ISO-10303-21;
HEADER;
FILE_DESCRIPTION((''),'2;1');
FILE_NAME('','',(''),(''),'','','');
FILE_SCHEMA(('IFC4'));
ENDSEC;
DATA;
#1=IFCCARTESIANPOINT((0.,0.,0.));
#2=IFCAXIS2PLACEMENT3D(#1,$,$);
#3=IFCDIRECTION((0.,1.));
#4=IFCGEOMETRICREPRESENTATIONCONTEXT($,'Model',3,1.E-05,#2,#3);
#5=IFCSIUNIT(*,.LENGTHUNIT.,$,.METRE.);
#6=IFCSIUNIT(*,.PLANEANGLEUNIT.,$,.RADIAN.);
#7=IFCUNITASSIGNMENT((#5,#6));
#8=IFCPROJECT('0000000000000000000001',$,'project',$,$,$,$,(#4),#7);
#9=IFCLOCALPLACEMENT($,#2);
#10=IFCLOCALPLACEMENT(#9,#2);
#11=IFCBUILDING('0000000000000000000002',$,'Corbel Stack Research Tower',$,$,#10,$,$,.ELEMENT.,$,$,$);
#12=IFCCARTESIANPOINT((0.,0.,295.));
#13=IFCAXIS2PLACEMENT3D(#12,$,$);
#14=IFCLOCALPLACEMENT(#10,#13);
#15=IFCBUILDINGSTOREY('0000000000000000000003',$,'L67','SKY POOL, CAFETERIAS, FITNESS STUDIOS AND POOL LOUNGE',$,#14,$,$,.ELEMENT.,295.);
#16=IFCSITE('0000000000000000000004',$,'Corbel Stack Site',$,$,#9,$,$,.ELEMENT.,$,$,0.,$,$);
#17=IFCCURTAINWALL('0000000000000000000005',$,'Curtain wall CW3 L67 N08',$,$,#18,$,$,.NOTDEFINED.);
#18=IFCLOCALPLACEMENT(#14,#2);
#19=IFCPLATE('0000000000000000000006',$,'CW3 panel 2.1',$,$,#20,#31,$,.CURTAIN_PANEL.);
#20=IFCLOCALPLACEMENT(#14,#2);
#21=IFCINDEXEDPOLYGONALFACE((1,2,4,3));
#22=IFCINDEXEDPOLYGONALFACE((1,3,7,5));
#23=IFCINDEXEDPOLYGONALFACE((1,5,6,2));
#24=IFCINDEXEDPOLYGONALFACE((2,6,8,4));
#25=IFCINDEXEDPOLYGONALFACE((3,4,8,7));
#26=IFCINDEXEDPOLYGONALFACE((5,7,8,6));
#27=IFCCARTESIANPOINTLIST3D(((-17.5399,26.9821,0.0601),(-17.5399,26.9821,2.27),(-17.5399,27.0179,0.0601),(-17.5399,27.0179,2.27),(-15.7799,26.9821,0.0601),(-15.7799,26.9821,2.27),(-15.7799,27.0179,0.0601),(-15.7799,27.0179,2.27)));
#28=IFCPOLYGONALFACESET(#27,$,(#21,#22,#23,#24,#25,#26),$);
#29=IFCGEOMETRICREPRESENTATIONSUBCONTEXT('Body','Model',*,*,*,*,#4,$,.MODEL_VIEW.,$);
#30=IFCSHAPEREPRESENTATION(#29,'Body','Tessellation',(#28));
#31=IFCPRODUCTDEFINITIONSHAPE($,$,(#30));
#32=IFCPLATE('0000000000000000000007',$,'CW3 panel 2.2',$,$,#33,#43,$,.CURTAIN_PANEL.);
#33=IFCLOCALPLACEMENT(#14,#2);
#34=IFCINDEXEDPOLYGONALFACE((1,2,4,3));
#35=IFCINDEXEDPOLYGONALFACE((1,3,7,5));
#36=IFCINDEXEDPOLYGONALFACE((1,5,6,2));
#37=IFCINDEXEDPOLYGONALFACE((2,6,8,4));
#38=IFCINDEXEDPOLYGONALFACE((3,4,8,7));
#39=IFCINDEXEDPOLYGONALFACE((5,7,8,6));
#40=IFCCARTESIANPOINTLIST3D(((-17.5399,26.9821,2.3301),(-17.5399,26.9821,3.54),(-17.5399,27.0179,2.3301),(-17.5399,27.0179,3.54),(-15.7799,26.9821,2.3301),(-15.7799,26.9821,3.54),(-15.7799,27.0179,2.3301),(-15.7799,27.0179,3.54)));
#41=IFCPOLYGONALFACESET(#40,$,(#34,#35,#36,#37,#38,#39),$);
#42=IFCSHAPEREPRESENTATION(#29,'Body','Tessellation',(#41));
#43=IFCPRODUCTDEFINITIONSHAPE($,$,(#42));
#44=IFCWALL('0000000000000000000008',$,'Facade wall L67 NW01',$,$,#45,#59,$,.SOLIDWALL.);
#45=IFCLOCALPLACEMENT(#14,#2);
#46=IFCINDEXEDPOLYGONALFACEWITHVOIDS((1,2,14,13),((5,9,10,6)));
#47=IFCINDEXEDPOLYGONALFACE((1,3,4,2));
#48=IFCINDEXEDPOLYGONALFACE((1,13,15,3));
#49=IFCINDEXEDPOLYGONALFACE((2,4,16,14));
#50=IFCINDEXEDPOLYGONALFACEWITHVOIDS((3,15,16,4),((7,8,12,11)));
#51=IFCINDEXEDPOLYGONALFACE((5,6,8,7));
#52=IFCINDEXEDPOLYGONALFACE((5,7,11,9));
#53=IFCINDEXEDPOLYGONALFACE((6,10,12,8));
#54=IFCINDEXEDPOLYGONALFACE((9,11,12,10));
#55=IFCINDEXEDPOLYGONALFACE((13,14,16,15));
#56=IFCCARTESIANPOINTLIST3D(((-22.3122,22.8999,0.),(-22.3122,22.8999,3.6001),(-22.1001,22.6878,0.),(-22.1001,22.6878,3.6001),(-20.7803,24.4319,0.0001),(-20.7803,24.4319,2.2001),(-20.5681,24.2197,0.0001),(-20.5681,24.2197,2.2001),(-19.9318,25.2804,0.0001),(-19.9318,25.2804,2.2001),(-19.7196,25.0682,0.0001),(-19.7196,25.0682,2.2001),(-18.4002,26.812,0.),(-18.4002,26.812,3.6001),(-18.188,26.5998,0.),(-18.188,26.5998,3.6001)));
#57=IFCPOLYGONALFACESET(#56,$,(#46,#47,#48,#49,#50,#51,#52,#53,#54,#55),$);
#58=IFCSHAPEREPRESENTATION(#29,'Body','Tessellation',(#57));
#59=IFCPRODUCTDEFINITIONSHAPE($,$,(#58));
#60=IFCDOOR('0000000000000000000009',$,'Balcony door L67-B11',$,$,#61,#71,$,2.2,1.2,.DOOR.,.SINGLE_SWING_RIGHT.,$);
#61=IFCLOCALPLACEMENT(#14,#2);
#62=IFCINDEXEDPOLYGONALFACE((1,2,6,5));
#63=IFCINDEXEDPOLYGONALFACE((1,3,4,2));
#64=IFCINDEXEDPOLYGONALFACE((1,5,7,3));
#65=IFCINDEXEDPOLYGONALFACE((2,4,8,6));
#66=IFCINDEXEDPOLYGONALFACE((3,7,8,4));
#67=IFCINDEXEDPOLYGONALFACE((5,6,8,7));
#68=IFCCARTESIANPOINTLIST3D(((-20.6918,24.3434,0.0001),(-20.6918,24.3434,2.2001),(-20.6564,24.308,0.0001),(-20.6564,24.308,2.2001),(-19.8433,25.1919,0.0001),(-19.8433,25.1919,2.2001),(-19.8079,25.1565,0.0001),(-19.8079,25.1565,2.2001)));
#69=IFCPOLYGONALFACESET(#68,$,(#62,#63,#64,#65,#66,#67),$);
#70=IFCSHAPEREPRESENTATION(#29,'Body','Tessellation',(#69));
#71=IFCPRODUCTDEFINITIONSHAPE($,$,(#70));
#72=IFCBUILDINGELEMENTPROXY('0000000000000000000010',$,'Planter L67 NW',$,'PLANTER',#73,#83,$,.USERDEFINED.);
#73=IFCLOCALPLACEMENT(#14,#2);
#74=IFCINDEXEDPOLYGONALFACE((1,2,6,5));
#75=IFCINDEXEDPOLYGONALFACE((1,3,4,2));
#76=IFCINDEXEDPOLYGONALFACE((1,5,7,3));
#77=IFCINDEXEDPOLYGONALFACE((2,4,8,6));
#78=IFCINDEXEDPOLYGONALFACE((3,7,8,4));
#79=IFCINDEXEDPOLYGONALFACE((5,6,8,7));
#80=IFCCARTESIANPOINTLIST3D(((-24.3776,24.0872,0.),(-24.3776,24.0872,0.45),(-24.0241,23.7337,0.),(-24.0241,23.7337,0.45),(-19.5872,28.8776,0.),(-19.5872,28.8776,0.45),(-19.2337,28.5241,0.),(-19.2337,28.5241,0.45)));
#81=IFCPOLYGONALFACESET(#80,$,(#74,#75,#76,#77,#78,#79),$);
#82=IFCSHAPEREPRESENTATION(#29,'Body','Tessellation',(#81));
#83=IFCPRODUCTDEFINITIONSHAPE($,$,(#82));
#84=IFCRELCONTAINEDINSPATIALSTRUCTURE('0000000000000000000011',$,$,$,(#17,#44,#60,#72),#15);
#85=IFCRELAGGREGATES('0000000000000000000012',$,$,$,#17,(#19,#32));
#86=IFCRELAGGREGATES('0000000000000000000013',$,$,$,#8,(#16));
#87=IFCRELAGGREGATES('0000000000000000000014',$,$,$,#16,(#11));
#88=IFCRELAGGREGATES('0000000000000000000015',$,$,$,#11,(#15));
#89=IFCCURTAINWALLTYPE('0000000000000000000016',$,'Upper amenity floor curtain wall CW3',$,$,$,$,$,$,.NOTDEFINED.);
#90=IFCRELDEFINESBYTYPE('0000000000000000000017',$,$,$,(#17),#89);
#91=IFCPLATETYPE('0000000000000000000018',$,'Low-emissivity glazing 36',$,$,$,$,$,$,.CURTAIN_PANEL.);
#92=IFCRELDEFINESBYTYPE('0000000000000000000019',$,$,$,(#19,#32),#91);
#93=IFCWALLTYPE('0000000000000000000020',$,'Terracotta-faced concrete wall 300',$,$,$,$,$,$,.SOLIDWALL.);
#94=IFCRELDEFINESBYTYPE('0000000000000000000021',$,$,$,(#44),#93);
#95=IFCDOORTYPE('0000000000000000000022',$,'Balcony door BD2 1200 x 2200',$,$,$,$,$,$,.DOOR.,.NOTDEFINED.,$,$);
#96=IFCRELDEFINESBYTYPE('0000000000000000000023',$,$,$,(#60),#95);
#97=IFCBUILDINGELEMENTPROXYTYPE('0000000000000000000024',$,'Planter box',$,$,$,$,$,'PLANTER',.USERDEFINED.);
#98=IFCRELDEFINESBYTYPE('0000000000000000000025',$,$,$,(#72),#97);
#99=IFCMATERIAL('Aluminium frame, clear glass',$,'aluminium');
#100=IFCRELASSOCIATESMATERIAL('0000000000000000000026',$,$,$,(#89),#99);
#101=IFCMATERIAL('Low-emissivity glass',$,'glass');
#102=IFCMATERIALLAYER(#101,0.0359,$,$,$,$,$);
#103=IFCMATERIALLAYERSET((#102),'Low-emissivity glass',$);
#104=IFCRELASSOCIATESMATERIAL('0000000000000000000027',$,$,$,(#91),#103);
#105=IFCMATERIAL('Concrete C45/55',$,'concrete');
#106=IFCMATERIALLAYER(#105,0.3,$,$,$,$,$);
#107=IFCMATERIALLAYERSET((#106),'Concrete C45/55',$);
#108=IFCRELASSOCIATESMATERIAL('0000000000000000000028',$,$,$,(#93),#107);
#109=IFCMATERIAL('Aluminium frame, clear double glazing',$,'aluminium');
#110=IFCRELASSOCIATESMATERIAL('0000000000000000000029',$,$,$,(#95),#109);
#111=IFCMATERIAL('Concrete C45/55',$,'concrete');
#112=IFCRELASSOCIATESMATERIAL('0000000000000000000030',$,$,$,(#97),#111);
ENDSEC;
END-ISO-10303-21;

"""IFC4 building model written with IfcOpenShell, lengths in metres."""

from ifc_helpers import new_model, si_unit, direction, frame, frame_2d, origin, origin_2d, place, context, subcontext, project, spatial, rectangle, extrude, material, layer, layer_set, type_object, element, fill, aggregate, save


model = new_model("IFC4")

# Units and contexts
model_context = context("Model", 3, precision=1e-05, world=origin(), true_north=direction((0.0, 1.0)))
body_context = subcontext(model_context, "Body", "Model", "MODEL_VIEW")
ifc_project = project(units=[si_unit("LENGTHUNIT", "METRE"), si_unit("PLANEANGLEUNIT", "RADIAN")], contexts=[model_context])

# Site, building, storey
site_placement = place(None, origin())
site = spatial("IfcSite", under=ifc_project, at=site_placement, Name="Corbel Stack Site", CompositionType="ELEMENT", RefElevation=0.0)
building_placement = place(site_placement, origin())
building = spatial("IfcBuilding", under=site, at=building_placement, Name="Corbel Stack Research Tower", CompositionType="ELEMENT")
storey_placement = place(building_placement, frame((0.0, 0.0, 295.0)))
storey = spatial("IfcBuildingStorey", under=building, at=storey_placement, Name="L67", Description="SKY POOL, CAFETERIAS, FITNESS STUDIOS AND POOL LOUNGE", CompositionType="ELEMENT", Elevation=295.0)

# Curtain wall
ifc_material_1 = material(Name="Aluminium frame, clear glass", Category="aluminium")
curtain_wall_type = type_object("IfcCurtainWallType", Name="Upper amenity floor curtain wall CW3", PredefinedType="NOTDEFINED", material=ifc_material_1)
curtain_wall_placement = place(storey_placement, origin())
curtain_wall = element("IfcCurtainWall", 1, at=curtain_wall_placement, inside=storey, type_object=curtain_wall_type, Name="Curtain wall CW3 L67 N08", PredefinedType="NOTDEFINED")

# Plates
ifc_material_2 = material(Name="Low-emissivity glass", Category="glass")
ifc_layer_1 = layer(ifc_material_2, 0.0359)
ifc_layer_set_1 = layer_set([ifc_layer_1], Name="Low-emissivity glass")
plate_type = type_object("IfcPlateType", Name="Low-emissivity glazing 36", PredefinedType="CURTAIN_PANEL", material=ifc_layer_set_1)
plate_1_placement = place(storey_placement, frame((-16.6599, 27.0, 0.0601), z_axis=(0.0, 0.0, 1.0), x_axis=(-1.0, 0.0, 0.0)))
plate_1 = element("IfcPlate", 2, at=plate_1_placement, type_object=plate_type, Name="CW3 panel 2.1", PredefinedType="CURTAIN_PANEL", context=body_context, shape_type="SweptSolid", body=[
    extrude(rectangle(XDim=1.76, YDim=0.0359, at=origin_2d()), origin(), (0.0, 0.0, 1.0), 2.21),
])
plate_2_placement = place(storey_placement, frame((-16.6599, 27.0, 2.3301), z_axis=(0.0, 0.0, 1.0), x_axis=(-1.0, 0.0, 0.0)))
plate_2 = element("IfcPlate", 3, at=plate_2_placement, type_object=plate_type, Name="CW3 panel 2.2", PredefinedType="CURTAIN_PANEL", context=body_context, shape_type="SweptSolid", body=[
    extrude(rectangle(XDim=1.76, YDim=0.0359, at=origin_2d()), origin(), (0.0, 0.0, 1.0), 1.21),
])
aggregate(curtain_wall, [plate_1, plate_2])

# Wall, opening, door
ifc_material_3 = material(Name="Concrete C45/55", Category="concrete")
ifc_layer_2 = layer(ifc_material_3, 0.3)
ifc_layer_set_2 = layer_set([ifc_layer_2], Name="Concrete C45/55")
wall_type = type_object("IfcWallType", Name="Terracotta-faced concrete wall 300", PredefinedType="SOLIDWALL", material=ifc_layer_set_2)
wall_placement = place(storey_placement, frame((-22.2061, 22.7939, 0.0), z_axis=(0.0, 0.0, 1.0), x_axis=(0.707107, 0.707107, 0.0)))
wall = element("IfcWall", 4, at=wall_placement, inside=storey, type_object=wall_type, Name="Facade wall L67 NW01", PredefinedType="SOLIDWALL", context=body_context, shape_type="SweptSolid", body=[
    extrude(rectangle(XDim=5.5325, YDim=0.3, at=frame_2d((2.7661, 0.0))), origin(), (0.0, 0.0, 1.0), 3.6001),
])
opening_placement = place(wall_placement, frame((2.1663, 0.0, 0.0)))
opening = element("IfcOpeningElement", 5, at=opening_placement, cuts=wall, PredefinedType="OPENING", context=body_context, shape_type="SweptSolid", body=[
    extrude(rectangle(XDim=1.2, YDim=2.2, at=frame_2d((0.6001, 1.1001))), frame((0.0, 0.1599, 0.0), z_axis=(0.0, -1.0, 0.0), x_axis=(1.0, 0.0, 0.0)), (0.0, 0.0, 1.0), 0.3201),
])
ifc_material_4 = material(Name="Aluminium frame, clear double glazing", Category="aluminium")
door_type = type_object("IfcDoorType", Name="Balcony door BD2 1200 x 2200", OperationType="NOTDEFINED", PredefinedType="DOOR", material=ifc_material_4)
door_placement = place(opening_placement, origin())
door = element("IfcDoor", 6, at=door_placement, inside=storey, type_object=door_type, Name="Balcony door L67-B11", OperationType="SINGLE_SWING_RIGHT", OverallHeight=2.2, OverallWidth=1.2, PredefinedType="DOOR", context=body_context, shape_type="SweptSolid", body=[
    extrude(rectangle(XDim=1.2, YDim=2.2, at=frame_2d((0.6001, 1.1001))), frame((0.0, 0.0249, 0.0), z_axis=(0.0, -1.0, 0.0), x_axis=(1.0, 0.0, 0.0)), (0.0, 0.0, 1.0), 0.05),
])
fill(opening, door)

# Building element proxy
ifc_material_5 = material(Name="Concrete C45/55", Category="concrete")
building_element_proxy_type = type_object("IfcBuildingElementProxyType", Name="Planter box", ElementType="PLANTER", PredefinedType="USERDEFINED", material=ifc_material_5)
proxy_placement = place(storey_placement, frame((-21.8057, 26.3057, 0.0), z_axis=(0.0, 0.0, 1.0), x_axis=(-0.707107, -0.707107, 0.0)))
element("IfcBuildingElementProxy", 7, at=proxy_placement, inside=storey, type_object=building_element_proxy_type, Name="Planter L67 NW", ObjectType="PLANTER", PredefinedType="USERDEFINED", context=body_context, shape_type="SweptSolid", body=[
    extrude(rectangle(XDim=6.7747, YDim=0.5, at=origin_2d()), origin(), (0.0, 0.0, 1.0), 0.45),
])

save(model, "model.ifc")
